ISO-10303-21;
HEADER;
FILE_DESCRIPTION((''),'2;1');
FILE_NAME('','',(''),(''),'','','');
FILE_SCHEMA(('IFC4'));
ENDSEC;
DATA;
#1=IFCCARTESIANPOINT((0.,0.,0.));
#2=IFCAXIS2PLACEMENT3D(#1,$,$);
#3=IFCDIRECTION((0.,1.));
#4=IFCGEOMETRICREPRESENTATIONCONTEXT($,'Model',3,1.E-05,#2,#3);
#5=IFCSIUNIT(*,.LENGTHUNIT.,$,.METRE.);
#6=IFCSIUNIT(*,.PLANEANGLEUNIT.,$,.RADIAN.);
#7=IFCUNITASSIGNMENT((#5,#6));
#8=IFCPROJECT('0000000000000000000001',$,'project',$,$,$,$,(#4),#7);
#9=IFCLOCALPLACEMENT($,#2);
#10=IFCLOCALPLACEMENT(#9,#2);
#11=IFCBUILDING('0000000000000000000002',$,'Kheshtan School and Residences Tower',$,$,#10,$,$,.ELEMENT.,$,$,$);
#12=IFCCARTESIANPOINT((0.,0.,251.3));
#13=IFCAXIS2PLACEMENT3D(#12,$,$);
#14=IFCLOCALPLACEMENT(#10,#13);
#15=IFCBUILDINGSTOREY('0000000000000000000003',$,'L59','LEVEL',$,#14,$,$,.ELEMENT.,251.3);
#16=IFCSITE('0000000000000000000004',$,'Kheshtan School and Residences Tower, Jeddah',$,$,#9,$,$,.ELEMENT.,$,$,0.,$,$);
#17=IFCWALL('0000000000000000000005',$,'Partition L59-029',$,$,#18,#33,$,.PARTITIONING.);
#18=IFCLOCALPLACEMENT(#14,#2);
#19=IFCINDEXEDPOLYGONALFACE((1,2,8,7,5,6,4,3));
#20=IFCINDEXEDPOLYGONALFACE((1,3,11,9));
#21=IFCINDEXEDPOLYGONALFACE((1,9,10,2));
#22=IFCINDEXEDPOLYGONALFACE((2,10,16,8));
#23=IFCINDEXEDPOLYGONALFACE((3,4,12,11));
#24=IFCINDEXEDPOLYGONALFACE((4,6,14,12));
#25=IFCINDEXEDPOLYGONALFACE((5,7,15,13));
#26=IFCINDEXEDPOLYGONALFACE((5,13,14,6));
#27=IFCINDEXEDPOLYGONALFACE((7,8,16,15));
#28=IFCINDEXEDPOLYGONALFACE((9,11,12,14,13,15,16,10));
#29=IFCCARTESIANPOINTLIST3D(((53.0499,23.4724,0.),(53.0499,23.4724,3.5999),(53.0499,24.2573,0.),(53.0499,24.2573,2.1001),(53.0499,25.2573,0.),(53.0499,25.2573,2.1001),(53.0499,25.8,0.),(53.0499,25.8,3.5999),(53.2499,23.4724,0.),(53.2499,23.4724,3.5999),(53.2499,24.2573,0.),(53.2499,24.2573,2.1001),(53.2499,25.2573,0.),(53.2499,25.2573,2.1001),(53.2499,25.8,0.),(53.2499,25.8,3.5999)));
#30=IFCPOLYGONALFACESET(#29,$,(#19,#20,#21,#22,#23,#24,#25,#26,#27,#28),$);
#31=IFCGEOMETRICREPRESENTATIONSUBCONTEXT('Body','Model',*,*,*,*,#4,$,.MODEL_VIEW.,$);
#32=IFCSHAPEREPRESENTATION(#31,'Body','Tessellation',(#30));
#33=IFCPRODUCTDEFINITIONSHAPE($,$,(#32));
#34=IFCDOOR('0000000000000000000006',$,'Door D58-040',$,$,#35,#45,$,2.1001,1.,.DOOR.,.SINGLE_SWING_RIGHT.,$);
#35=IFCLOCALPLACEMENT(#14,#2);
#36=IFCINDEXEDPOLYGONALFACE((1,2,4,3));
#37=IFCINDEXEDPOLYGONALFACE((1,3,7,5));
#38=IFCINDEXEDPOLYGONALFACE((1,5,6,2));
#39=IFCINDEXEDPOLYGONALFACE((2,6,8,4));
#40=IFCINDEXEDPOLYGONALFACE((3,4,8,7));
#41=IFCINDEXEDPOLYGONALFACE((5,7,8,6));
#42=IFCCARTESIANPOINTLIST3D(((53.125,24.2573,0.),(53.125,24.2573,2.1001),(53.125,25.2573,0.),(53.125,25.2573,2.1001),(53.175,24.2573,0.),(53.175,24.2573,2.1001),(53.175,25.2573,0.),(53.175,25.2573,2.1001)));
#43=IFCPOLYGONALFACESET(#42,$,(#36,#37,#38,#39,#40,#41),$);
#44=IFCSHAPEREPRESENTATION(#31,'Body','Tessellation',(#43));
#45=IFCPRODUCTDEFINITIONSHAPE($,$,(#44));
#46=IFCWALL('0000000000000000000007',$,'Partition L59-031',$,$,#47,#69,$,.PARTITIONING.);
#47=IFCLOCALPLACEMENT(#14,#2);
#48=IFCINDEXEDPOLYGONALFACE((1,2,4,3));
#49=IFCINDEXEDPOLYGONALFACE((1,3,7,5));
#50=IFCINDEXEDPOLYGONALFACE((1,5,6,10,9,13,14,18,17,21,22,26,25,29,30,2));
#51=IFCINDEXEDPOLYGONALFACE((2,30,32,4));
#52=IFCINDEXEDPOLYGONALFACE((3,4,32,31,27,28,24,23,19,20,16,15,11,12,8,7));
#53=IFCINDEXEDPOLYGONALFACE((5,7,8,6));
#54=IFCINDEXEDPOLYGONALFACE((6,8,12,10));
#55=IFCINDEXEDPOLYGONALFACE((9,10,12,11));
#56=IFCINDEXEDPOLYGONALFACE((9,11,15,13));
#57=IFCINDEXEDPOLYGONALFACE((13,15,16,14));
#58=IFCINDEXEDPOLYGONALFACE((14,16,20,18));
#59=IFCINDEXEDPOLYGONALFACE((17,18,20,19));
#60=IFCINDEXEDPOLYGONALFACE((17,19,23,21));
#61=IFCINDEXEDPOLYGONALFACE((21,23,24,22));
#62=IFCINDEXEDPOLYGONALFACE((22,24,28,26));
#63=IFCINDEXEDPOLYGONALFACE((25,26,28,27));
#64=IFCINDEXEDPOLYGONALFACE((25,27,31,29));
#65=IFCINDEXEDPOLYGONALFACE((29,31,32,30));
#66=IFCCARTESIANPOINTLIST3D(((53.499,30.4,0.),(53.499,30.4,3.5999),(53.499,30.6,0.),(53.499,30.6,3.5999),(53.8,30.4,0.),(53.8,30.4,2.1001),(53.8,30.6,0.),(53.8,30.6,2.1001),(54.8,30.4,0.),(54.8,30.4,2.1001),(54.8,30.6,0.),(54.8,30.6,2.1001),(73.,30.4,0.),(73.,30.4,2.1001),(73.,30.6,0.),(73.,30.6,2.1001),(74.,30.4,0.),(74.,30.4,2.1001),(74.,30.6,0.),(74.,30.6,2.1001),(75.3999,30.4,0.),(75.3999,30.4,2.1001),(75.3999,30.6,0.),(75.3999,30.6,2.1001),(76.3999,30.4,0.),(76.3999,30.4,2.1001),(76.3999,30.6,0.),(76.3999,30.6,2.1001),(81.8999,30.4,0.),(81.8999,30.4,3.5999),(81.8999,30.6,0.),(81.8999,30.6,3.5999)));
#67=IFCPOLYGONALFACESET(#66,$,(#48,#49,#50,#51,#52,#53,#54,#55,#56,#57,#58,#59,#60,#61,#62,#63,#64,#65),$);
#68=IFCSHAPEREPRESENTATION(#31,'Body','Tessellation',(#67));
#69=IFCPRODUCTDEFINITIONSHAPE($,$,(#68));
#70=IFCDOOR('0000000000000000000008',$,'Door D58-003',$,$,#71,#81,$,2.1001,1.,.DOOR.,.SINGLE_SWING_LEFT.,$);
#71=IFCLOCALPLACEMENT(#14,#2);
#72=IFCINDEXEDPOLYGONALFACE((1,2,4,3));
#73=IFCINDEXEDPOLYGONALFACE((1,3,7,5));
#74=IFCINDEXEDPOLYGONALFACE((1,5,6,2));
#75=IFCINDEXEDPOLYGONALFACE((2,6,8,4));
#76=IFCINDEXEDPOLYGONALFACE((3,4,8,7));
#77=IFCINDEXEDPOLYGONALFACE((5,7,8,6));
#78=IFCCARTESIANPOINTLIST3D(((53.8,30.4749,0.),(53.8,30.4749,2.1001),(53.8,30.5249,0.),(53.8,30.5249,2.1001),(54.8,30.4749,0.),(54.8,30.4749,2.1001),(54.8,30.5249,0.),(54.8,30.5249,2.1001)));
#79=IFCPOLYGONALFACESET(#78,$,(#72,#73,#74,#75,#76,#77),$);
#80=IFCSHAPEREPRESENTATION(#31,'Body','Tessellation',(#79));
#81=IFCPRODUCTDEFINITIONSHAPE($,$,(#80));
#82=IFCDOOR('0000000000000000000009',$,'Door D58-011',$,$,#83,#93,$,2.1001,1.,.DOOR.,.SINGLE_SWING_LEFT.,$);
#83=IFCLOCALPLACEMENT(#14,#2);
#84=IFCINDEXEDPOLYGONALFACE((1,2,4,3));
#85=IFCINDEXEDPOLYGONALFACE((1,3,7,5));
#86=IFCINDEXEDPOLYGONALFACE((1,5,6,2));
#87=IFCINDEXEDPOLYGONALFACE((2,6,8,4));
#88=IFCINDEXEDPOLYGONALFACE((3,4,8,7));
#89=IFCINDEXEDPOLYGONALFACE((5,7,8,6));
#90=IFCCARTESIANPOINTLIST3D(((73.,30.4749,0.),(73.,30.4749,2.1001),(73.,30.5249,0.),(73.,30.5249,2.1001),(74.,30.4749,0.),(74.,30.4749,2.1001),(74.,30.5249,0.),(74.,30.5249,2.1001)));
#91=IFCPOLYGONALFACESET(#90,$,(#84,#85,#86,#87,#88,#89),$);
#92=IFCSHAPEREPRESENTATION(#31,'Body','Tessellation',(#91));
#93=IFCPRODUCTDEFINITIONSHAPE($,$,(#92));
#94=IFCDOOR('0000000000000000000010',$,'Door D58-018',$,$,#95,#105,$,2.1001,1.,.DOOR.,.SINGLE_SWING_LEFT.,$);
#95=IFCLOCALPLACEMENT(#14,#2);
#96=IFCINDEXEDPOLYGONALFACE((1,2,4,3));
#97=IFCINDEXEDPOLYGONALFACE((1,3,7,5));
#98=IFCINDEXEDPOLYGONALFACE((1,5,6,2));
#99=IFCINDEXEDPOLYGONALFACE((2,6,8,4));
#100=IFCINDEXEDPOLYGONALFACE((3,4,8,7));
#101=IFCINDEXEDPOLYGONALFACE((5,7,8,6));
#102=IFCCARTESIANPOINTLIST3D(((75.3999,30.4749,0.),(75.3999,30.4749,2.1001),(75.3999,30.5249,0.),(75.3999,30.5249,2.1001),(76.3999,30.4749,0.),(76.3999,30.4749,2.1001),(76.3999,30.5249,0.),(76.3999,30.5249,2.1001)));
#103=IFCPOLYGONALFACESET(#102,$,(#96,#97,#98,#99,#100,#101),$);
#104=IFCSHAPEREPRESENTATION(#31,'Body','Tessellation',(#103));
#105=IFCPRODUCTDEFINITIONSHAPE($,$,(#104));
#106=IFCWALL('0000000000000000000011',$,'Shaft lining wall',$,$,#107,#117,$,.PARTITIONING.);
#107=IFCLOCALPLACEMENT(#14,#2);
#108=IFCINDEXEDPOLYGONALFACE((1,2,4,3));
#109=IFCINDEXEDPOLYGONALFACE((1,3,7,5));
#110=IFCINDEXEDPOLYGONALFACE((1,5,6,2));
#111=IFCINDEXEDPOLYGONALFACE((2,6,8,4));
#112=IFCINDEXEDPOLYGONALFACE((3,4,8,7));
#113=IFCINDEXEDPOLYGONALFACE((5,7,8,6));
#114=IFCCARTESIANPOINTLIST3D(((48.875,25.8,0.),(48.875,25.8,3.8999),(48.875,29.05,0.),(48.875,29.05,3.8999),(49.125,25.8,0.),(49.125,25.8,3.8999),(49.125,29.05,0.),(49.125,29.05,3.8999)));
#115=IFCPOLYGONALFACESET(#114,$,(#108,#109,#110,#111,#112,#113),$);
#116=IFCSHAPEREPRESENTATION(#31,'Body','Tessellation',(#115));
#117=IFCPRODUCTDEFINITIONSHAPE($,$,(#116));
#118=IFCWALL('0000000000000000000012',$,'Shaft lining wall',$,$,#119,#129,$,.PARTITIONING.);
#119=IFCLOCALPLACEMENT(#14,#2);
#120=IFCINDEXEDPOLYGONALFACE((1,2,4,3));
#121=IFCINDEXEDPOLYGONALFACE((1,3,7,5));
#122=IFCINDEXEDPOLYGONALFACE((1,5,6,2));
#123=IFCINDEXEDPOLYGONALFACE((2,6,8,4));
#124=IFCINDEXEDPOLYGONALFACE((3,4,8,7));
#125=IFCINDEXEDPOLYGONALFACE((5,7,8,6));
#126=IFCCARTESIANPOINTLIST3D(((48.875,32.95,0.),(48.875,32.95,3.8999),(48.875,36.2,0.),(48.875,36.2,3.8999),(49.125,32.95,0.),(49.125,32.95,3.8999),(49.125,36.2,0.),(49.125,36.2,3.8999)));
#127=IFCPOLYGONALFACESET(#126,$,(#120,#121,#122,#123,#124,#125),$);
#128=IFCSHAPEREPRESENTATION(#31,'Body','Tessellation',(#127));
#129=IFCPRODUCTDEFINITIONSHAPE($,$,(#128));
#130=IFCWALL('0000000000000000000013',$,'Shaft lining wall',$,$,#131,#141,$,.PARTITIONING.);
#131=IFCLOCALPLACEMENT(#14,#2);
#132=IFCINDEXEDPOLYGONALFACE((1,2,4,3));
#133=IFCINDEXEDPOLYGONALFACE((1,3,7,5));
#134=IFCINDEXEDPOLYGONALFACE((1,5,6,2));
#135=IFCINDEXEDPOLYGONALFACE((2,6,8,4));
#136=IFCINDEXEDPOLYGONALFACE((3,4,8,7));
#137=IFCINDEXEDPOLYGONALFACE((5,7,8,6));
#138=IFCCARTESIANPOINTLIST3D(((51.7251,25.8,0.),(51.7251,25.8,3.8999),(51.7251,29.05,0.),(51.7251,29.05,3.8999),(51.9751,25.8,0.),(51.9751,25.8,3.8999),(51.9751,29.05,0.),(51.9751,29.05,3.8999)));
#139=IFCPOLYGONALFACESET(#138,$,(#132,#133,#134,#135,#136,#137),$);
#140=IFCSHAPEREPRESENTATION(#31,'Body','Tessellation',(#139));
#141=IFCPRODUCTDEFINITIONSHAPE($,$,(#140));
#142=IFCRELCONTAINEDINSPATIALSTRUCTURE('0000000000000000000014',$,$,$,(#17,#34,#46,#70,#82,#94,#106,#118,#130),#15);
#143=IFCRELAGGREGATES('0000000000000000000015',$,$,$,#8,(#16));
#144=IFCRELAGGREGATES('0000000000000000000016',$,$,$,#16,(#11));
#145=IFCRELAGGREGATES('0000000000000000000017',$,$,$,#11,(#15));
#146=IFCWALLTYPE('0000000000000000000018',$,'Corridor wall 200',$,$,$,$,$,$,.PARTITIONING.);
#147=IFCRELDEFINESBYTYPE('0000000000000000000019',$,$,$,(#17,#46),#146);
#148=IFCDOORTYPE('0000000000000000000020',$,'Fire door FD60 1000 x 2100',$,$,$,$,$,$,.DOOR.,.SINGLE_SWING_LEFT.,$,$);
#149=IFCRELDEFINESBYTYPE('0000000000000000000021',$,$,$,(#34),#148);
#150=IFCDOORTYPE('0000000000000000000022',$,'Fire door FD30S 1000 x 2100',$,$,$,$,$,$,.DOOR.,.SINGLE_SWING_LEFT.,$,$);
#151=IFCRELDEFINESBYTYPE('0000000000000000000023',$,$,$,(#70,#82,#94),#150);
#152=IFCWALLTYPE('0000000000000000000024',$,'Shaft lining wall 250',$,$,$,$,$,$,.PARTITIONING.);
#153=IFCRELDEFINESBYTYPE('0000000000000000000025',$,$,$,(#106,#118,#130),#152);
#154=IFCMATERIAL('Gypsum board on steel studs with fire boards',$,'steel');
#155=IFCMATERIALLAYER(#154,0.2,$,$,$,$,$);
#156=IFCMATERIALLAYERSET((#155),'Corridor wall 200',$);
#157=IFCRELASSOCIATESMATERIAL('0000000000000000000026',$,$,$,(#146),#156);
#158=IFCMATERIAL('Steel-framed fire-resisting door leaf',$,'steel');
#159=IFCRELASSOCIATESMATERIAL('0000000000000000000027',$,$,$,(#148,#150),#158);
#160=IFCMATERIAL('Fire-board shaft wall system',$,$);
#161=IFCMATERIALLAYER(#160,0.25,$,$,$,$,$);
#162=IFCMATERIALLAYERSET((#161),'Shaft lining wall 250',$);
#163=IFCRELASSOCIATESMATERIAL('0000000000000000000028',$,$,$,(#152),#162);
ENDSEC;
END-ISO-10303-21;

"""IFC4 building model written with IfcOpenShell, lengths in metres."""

from ifc_helpers import new_model, si_unit, direction, frame, frame_2d, origin, place, context, subcontext, project, spatial, rectangle, extrude, source, transform, mapped, material, layer, layer_set, type_object, element, fill, save


model = new_model("IFC4")

# Units and contexts
model_context = context("Model", 3, precision=1e-05, world=origin(), true_north=direction((0.0, 1.0)))
body_context = subcontext(model_context, "Body", "Model", "MODEL_VIEW")
ifc_project = project(units=[si_unit("LENGTHUNIT", "METRE"), si_unit("PLANEANGLEUNIT", "RADIAN")], contexts=[model_context])

# Site, building, storey
site_placement = place(None, origin())
site = spatial("IfcSite", under=ifc_project, at=site_placement, Name="Kheshtan School and Residences Tower, Jeddah", CompositionType="ELEMENT", RefElevation=0.0)
building_placement = place(site_placement, origin())
building = spatial("IfcBuilding", under=site, at=building_placement, Name="Kheshtan School and Residences Tower", CompositionType="ELEMENT")
storey_placement = place(building_placement, frame((0.0, 0.0, 251.3)))
storey = spatial("IfcBuildingStorey", under=building, at=storey_placement, Name="L59", Description="LEVEL", CompositionType="ELEMENT", Elevation=251.3)

# Wall, opening, door
ifc_material_1 = material(Name="Gypsum board on steel studs with fire boards", Category="steel")
ifc_layer_1 = layer(ifc_material_1, 0.2)
ifc_layer_set_1 = layer_set([ifc_layer_1], Name="Corridor wall 200")
wall_type_1 = type_object("IfcWallType", Name="Corridor wall 200", PredefinedType="PARTITIONING", material=ifc_layer_set_1)
wall_1_placement = place(storey_placement, frame((53.1499, 23.4724, 0.0), z_axis=(0.0, 0.0, 1.0), x_axis=(0.0, 1.0, 0.0)))
wall_1 = element("IfcWall", 1, at=wall_1_placement, inside=storey, type_object=wall_type_1, Name="Partition L59-029", PredefinedType="PARTITIONING", context=body_context, shape_type="SweptSolid", body=[
    extrude(rectangle(XDim=2.3276, YDim=0.2, at=frame_2d((1.1638, 0.0))), origin(), (0.0, 0.0, 1.0), 3.5999),
])
opening_1_placement = place(wall_1_placement, frame((0.7849, 0.0, 0.0)))
opening_1 = element("IfcOpeningElement", 2, at=opening_1_placement, cuts=wall_1, PredefinedType="OPENING", context=body_context, shape_type="SweptSolid", body=[
    extrude(rectangle(XDim=1.0, YDim=2.1001, at=frame_2d((0.5, 1.05))), frame((0.0, 0.1099, 0.0), z_axis=(0.0, -1.0, 0.0), x_axis=(1.0, 0.0, 0.0)), (0.0, 0.0, 1.0), 0.22),
])
ifc_material_2 = material(Name="Steel-framed fire-resisting door leaf", Category="steel")
door_type_1 = type_object("IfcDoorType", Name="Fire door FD60 1000 x 2100", OperationType="SINGLE_SWING_LEFT", PredefinedType="DOOR", material=ifc_material_2)
shared_shape_1 = source(origin(), body_context, "Body", "SweptSolid", [
    extrude(rectangle(XDim=1.0, YDim=2.1001, at=frame_2d((0.5, 1.05))), frame((0.0, 0.0249, 0.0), z_axis=(0.0, -1.0, 0.0), x_axis=(1.0, 0.0, 0.0)), (0.0, 0.0, 1.0), 0.05),
])
door_1_placement = place(opening_1_placement, origin())
door_1 = element("IfcDoor", 3, at=door_1_placement, inside=storey, type_object=door_type_1, Name="Door D58-040", OperationType="SINGLE_SWING_RIGHT", OverallHeight=2.1001, OverallWidth=1.0, PredefinedType="DOOR", context=body_context, shape_type="MappedRepresentation", body=[
    mapped(shared_shape_1, transform((0.0, 0.0, 0.0), x_axis=(1.0, 0.0, 0.0), y_axis=(0.0, 1.0, 0.0), z_axis=(0.0, 0.0, 1.0), scale=1.0)),
])
fill(opening_1, door_1)

# Wall, openings, doors
wall_2_placement = place(storey_placement, frame((53.499, 30.5, 0.0), z_axis=(0.0, 0.0, 1.0), x_axis=(1.0, 0.0, 0.0)))
wall_2 = element("IfcWall", 4, at=wall_2_placement, inside=storey, type_object=wall_type_1, Name="Partition L59-031", PredefinedType="PARTITIONING", context=body_context, shape_type="SweptSolid", body=[
    extrude(rectangle(XDim=28.4009, YDim=0.2, at=frame_2d((14.2004, 0.0))), origin(), (0.0, 0.0, 1.0), 3.5999),
])
opening_2_placement = place(wall_2_placement, frame((0.301, 0.0, 0.0)))
opening_2 = element("IfcOpeningElement", 5, at=opening_2_placement, cuts=wall_2, PredefinedType="OPENING", context=body_context, shape_type="SweptSolid", body=[
    extrude(rectangle(XDim=1.0, YDim=2.1001, at=frame_2d((0.5, 1.05))), frame((0.0, 0.1099, 0.0), z_axis=(0.0, -1.0, 0.0), x_axis=(1.0, 0.0, 0.0)), (0.0, 0.0, 1.0), 0.22),
])
opening_3_placement = place(wall_2_placement, frame((19.501, 0.0, 0.0)))
opening_3 = element("IfcOpeningElement", 6, at=opening_3_placement, cuts=wall_2, PredefinedType="OPENING", context=body_context, shape_type="SweptSolid", body=[
    extrude(rectangle(XDim=1.0, YDim=2.1001, at=frame_2d((0.5, 1.05))), frame((0.0, 0.1099, 0.0), z_axis=(0.0, -1.0, 0.0), x_axis=(1.0, 0.0, 0.0)), (0.0, 0.0, 1.0), 0.22),
])
opening_4_placement = place(wall_2_placement, frame((21.9009, 0.0, 0.0)))
opening_4 = element("IfcOpeningElement", 7, at=opening_4_placement, cuts=wall_2, PredefinedType="OPENING", context=body_context, shape_type="SweptSolid", body=[
    extrude(rectangle(XDim=1.0, YDim=2.1001, at=frame_2d((0.5, 1.05))), frame((0.0, 0.1099, 0.0), z_axis=(0.0, -1.0, 0.0), x_axis=(1.0, 0.0, 0.0)), (0.0, 0.0, 1.0), 0.22),
])
door_type_2 = type_object("IfcDoorType", Name="Fire door FD30S 1000 x 2100", OperationType="SINGLE_SWING_LEFT", PredefinedType="DOOR", material=ifc_material_2)
shared_shape_2 = source(origin(), body_context, "Body", "SweptSolid", [
    extrude(rectangle(XDim=1.0, YDim=2.1001, at=frame_2d((0.5, 1.05))), frame((0.0, 0.0249, 0.0), z_axis=(0.0, -1.0, 0.0), x_axis=(1.0, 0.0, 0.0)), (0.0, 0.0, 1.0), 0.05),
])
door_2_placement = place(opening_2_placement, origin())
door_2 = element("IfcDoor", 8, at=door_2_placement, inside=storey, type_object=door_type_2, Name="Door D58-003", OperationType="SINGLE_SWING_LEFT", OverallHeight=2.1001, OverallWidth=1.0, PredefinedType="DOOR", context=body_context, shape_type="MappedRepresentation", body=[
    mapped(shared_shape_2, transform((0.0, 0.0, 0.0), x_axis=(1.0, 0.0, 0.0), y_axis=(0.0, 1.0, 0.0), z_axis=(0.0, 0.0, 1.0), scale=1.0)),
])
fill(opening_2, door_2)
door_3_placement = place(opening_3_placement, origin())
door_3 = element("IfcDoor", 9, at=door_3_placement, inside=storey, type_object=door_type_2, Name="Door D58-011", OperationType="SINGLE_SWING_LEFT", OverallHeight=2.1001, OverallWidth=1.0, PredefinedType="DOOR", context=body_context, shape_type="MappedRepresentation", body=[
    mapped(shared_shape_2, transform((0.0, 0.0, 0.0), x_axis=(1.0, 0.0, 0.0), y_axis=(0.0, 1.0, 0.0), z_axis=(0.0, 0.0, 1.0), scale=1.0)),
])
fill(opening_3, door_3)
door_4_placement = place(opening_4_placement, origin())
door_4 = element("IfcDoor", 10, at=door_4_placement, inside=storey, type_object=door_type_2, Name="Door D58-018", OperationType="SINGLE_SWING_LEFT", OverallHeight=2.1001, OverallWidth=1.0, PredefinedType="DOOR", context=body_context, shape_type="MappedRepresentation", body=[
    mapped(shared_shape_2, transform((0.0, 0.0, 0.0), x_axis=(1.0, 0.0, 0.0), y_axis=(0.0, 1.0, 0.0), z_axis=(0.0, 0.0, 1.0), scale=1.0)),
])
fill(opening_4, door_4)

# Walls
ifc_material_3 = material(Name="Fire-board shaft wall system")
ifc_layer_2 = layer(ifc_material_3, 0.25)
ifc_layer_set_2 = layer_set([ifc_layer_2], Name="Shaft lining wall 250")
wall_type_2 = type_object("IfcWallType", Name="Shaft lining wall 250", PredefinedType="PARTITIONING", material=ifc_layer_set_2)
for number, where, z_axis, x_axis, name in (
    (11, (49.0, 25.8, 0.0), (0.0, 0.0, 1.0), (0.0, 1.0, 0.0), "Shaft lining wall"),
    (12, (49.0, 32.95, 0.0), (0.0, 0.0, 1.0), (0.0, 1.0, 0.0), "Shaft lining wall"),
    (13, (51.8501, 25.8, 0.0), (0.0, 0.0, 1.0), (0.0, 1.0, 0.0), "Shaft lining wall"),
):
    element("IfcWall", number, at=place(storey_placement, frame(where, z_axis=z_axis, x_axis=x_axis)), inside=storey, type_object=wall_type_2, Name=name, PredefinedType="PARTITIONING", context=body_context, shape_type="SweptSolid", body=[
        extrude(rectangle(XDim=3.25, YDim=0.25, at=frame_2d((1.625, 0.0))), origin(), (0.0, 0.0, 1.0), 3.8999),
    ])

save(model, "model.ifc")
